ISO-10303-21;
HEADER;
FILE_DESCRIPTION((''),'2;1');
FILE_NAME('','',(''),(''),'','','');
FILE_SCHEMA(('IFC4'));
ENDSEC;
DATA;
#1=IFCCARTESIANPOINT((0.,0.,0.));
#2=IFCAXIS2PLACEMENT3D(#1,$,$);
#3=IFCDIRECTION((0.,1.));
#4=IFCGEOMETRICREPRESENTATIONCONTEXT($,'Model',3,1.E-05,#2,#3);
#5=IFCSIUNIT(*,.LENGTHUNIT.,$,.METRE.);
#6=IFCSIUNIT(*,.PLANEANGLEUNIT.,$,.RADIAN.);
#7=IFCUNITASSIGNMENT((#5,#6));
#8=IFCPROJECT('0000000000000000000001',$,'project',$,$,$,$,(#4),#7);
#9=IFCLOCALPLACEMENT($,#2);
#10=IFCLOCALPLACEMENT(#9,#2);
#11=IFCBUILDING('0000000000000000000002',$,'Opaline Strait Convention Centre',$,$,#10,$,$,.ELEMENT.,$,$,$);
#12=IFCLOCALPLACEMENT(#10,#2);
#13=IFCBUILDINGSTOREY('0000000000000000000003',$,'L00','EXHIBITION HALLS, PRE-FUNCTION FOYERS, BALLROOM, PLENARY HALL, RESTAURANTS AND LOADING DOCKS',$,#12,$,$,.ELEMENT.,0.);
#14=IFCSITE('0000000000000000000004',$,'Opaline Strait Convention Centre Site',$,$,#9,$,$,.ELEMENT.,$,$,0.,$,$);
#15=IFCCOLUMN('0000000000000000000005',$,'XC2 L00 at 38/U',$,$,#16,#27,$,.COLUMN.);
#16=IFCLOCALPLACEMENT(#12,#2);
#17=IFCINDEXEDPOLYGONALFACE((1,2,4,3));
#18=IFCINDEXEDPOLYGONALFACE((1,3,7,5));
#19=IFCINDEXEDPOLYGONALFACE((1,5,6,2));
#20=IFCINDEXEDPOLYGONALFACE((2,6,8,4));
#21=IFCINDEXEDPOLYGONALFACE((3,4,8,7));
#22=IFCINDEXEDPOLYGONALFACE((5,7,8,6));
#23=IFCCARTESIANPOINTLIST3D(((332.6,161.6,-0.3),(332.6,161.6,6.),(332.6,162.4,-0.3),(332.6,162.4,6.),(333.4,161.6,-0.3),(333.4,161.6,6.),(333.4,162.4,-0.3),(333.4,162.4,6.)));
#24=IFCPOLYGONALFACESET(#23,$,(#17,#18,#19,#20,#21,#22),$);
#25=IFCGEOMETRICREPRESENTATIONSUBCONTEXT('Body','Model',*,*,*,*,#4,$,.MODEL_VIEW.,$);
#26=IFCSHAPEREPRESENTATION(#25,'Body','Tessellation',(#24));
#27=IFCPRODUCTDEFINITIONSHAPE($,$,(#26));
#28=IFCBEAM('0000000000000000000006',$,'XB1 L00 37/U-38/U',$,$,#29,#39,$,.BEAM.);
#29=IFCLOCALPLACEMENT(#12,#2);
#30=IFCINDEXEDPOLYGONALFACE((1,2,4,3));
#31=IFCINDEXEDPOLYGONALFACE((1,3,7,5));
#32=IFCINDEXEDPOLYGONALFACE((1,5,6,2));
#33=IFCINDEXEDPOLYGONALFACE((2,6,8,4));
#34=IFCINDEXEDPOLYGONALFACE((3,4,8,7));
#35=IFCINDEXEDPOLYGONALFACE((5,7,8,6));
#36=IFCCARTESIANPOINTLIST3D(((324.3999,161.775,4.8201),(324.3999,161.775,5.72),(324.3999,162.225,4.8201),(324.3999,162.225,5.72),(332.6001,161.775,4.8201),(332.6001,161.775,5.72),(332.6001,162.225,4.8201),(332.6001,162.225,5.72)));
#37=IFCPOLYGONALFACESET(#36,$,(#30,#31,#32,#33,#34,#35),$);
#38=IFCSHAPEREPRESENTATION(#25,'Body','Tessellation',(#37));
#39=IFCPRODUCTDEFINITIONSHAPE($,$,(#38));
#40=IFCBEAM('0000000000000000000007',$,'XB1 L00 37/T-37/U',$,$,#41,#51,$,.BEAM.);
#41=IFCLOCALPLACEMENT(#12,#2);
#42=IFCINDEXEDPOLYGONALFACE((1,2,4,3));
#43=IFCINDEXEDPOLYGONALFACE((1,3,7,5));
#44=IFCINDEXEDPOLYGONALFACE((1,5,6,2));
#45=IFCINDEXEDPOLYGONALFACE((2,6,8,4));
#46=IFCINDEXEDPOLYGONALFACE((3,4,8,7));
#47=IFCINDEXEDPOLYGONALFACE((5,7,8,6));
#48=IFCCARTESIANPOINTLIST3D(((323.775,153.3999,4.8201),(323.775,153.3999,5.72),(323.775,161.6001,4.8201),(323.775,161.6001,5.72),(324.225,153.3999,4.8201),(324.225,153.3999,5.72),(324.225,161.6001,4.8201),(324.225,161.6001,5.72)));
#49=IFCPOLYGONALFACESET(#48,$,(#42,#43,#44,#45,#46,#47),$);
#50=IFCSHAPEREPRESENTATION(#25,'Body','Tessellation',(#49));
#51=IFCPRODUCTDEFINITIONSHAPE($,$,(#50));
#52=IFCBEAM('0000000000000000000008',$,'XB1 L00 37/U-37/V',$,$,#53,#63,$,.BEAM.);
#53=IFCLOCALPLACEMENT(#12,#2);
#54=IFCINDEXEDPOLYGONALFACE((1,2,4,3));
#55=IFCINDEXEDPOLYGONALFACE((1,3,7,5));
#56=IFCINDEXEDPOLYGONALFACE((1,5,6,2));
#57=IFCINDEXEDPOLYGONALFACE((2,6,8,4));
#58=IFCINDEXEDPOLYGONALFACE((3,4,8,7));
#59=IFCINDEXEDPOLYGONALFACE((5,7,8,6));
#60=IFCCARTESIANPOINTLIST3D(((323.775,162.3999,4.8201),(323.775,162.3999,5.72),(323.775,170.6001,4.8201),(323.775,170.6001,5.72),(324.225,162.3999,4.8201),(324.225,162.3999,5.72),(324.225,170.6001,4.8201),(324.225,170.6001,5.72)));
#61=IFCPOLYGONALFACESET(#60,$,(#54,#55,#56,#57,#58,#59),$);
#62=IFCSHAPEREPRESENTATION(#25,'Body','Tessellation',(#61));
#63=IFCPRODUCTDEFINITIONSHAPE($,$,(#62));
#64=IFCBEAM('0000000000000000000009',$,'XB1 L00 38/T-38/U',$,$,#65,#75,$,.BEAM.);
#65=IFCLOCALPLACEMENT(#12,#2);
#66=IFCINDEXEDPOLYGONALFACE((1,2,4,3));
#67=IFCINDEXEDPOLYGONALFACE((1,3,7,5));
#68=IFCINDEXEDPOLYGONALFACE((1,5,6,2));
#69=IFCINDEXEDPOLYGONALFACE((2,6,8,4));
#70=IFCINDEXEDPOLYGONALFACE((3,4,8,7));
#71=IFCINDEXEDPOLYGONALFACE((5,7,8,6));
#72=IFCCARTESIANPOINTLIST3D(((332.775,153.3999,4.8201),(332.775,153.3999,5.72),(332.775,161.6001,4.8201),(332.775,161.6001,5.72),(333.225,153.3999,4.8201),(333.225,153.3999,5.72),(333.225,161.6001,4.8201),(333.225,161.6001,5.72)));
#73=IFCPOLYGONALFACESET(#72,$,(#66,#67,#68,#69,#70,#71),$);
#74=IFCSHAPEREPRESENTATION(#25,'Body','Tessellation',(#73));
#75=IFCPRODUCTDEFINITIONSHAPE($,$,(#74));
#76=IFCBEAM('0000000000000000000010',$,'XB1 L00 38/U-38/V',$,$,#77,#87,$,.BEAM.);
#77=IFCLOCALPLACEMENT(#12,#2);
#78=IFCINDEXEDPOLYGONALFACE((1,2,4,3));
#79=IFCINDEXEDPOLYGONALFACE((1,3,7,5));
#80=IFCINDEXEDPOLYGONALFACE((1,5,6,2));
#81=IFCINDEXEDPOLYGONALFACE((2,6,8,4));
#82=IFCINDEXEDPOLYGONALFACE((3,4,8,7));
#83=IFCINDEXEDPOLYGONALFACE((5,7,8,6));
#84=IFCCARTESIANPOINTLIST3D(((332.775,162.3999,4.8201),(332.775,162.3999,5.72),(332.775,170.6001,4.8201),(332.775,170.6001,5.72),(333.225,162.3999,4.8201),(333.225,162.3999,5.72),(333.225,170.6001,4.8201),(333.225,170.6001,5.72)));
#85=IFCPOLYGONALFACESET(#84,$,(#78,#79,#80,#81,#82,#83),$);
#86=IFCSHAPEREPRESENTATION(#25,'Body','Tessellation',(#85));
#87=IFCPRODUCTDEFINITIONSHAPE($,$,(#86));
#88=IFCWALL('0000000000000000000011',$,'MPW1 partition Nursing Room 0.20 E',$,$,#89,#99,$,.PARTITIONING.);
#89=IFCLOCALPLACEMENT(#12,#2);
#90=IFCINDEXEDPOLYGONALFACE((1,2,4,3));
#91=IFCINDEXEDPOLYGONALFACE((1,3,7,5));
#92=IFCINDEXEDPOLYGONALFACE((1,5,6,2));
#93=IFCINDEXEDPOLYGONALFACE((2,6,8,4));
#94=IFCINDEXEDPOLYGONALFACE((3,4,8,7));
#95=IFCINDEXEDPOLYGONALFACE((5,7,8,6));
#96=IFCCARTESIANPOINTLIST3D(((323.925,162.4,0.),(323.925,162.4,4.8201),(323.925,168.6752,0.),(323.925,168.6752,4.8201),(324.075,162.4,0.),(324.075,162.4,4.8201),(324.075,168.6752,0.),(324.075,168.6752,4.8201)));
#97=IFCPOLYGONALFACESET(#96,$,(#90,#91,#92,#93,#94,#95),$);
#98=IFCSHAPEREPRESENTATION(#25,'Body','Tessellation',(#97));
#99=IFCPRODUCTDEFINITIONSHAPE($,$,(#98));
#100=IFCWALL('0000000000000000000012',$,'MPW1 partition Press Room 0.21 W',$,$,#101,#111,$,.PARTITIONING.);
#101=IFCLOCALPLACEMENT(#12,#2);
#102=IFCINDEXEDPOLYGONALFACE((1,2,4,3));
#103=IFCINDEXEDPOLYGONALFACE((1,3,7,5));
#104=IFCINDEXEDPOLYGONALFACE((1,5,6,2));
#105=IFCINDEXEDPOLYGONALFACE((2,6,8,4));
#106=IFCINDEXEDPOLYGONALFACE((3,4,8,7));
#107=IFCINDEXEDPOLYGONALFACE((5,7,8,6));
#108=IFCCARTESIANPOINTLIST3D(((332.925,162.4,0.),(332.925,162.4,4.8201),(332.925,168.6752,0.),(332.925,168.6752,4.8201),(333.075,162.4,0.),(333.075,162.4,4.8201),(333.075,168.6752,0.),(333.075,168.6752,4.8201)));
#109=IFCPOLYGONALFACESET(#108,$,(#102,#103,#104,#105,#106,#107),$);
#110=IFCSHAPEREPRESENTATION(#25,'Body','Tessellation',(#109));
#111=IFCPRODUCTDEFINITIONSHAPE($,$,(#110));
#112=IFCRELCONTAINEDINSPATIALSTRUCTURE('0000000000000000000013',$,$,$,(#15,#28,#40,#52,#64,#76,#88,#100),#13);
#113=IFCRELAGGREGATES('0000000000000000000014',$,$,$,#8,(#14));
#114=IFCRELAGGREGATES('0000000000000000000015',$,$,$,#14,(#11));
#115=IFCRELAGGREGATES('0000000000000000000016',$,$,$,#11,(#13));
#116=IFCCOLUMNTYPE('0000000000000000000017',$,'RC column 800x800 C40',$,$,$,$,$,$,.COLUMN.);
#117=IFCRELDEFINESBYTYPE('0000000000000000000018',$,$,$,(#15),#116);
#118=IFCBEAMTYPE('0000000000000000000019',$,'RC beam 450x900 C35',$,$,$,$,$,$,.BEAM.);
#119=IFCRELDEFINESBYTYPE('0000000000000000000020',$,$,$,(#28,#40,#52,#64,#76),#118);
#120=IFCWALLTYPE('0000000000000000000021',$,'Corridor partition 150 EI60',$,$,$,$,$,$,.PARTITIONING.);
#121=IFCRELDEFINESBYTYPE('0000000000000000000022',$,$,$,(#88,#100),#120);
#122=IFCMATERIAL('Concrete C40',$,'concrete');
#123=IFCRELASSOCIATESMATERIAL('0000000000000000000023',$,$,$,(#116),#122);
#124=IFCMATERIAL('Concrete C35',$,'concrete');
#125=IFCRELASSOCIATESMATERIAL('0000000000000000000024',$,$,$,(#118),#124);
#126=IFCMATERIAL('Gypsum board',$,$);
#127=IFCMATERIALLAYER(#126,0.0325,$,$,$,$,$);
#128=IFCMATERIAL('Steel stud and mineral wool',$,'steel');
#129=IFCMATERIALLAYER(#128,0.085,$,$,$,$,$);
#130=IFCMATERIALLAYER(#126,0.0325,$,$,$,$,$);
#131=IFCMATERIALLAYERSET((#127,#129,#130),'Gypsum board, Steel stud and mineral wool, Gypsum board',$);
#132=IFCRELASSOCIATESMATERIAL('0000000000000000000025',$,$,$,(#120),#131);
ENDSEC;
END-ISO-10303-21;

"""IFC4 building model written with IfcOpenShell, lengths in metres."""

from ifc_helpers import new_model, si_unit, direction, frame, frame_2d, origin, origin_2d, place, context, subcontext, project, spatial, rectangle, extrude, material, layer, layer_set, material_profile, profile_set, type_object, element, save


model = new_model("IFC4")

# Units and contexts
model_context = context("Model", 3, precision=1e-05, world=origin(), true_north=direction((0.0, 1.0)))
body_context = subcontext(model_context, "Body", "Model", "MODEL_VIEW")
ifc_project = project(units=[si_unit("LENGTHUNIT", "METRE"), si_unit("PLANEANGLEUNIT", "RADIAN")], contexts=[model_context])

# Site, building, storey
site_placement = place(None, origin())
site = spatial("IfcSite", under=ifc_project, at=site_placement, Name="Opaline Strait Convention Centre Site", CompositionType="ELEMENT", RefElevation=0.0)
building_placement = place(site_placement, origin())
building = spatial("IfcBuilding", under=site, at=building_placement, Name="Opaline Strait Convention Centre", CompositionType="ELEMENT")
storey_placement = place(building_placement, origin())
storey = spatial("IfcBuildingStorey", under=building, at=storey_placement, Name="L00", Description="EXHIBITION HALLS, PRE-FUNCTION FOYERS, BALLROOM, PLENARY HALL, RESTAURANTS AND LOADING DOCKS", CompositionType="ELEMENT", Elevation=0.0)

# Shared definitions
ifc_material_1 = material(Name="Concrete C35", Category="concrete")

# Column
ifc_material_2 = material(Name="Concrete C40", Category="concrete")
ifc_material_profile_1 = material_profile(ifc_material_2, rectangle(XDim=0.8, YDim=0.8, at=origin_2d()), Name="RC 800x800")
ifc_profile_set_1 = profile_set([ifc_material_profile_1], Name="Concrete C40")
column_type = type_object("IfcColumnType", Name="RC column 800x800 C40", PredefinedType="COLUMN", material=ifc_profile_set_1)
for number, where, z_axis, x_axis, name in (
    (1, (333.0, 162.0, -0.3), (0.0, 0.0, 1.0), (1.0, 0.0, 0.0), "XC2 L00 at 38/U"),
):
    element("IfcColumn", number, at=place(storey_placement, frame(where, z_axis=z_axis, x_axis=x_axis)), inside=storey, type_object=column_type, Name=name, PredefinedType="COLUMN", context=body_context, shape_type="SweptSolid", body=[
        extrude(rectangle(XDim=0.8, YDim=0.8, at=origin_2d()), origin(), (0.0, 0.0, 1.0), 6.3),
    ])

# Beams
ifc_material_profile_2 = material_profile(ifc_material_1, rectangle(XDim=0.45, YDim=0.8999, at=origin_2d()), Name="RC 450x900")
ifc_profile_set_2 = profile_set([ifc_material_profile_2], Name="Concrete C35")
beam_type = type_object("IfcBeamType", Name="RC beam 450x900 C35", PredefinedType="BEAM", material=ifc_profile_set_2)
for number, where, z_axis, x_axis, name in (
    (2, (324.3999, 162.0, 5.27), (1.0, 0.0, 0.0), (0.0, 1.0, 0.0), "XB1 L00 37/U-38/U"),
    (3, (324.0, 153.3999, 5.27), (0.0, 1.0, 0.0), (-1.0, 0.0, 0.0), "XB1 L00 37/T-37/U"),
    (4, (324.0, 162.3999, 5.27), (0.0, 1.0, 0.0), (-1.0, 0.0, 0.0), "XB1 L00 37/U-37/V"),
    (5, (333.0, 153.3999, 5.27), (0.0, 1.0, 0.0), (-1.0, 0.0, 0.0), "XB1 L00 38/T-38/U"),
    (6, (333.0, 162.3999, 5.27), (0.0, 1.0, 0.0), (-1.0, 0.0, 0.0), "XB1 L00 38/U-38/V"),
):
    element("IfcBeam", number, at=place(storey_placement, frame(where, z_axis=z_axis, x_axis=x_axis)), inside=storey, type_object=beam_type, Name=name, PredefinedType="BEAM", context=body_context, shape_type="SweptSolid", body=[
        extrude(rectangle(XDim=0.45, YDim=0.8999, at=origin_2d()), origin(), (0.0, 0.0, 1.0), 8.2002),
    ])

# Walls
ifc_material_3 = material(Name="Gypsum board")
ifc_layer_1 = layer(ifc_material_3, 0.0325)
ifc_material_4 = material(Name="Steel stud and mineral wool", Category="steel")
ifc_layer_2 = layer(ifc_material_4, 0.085)
ifc_layer_3 = layer(ifc_material_3, 0.0325)
ifc_layer_set = layer_set([ifc_layer_1, ifc_layer_2, ifc_layer_3], Name="Gypsum board, Steel stud and mineral wool, Gypsum board")
wall_type = type_object("IfcWallType", Name="Corridor partition 150 EI60", PredefinedType="PARTITIONING", material=ifc_layer_set)
for number, where, z_axis, x_axis, name in (
    (7, (324.0, 162.3999, 0.0), (0.0, 0.0, 1.0), (0.0, 1.0, 0.0), "MPW1 partition Nursing Room 0.20 E"),
    (8, (333.0, 162.3999, 0.0), (0.0, 0.0, 1.0), (0.0, 1.0, 0.0), "MPW1 partition Press Room 0.21 W"),
):
    element("IfcWall", number, at=place(storey_placement, frame(where, z_axis=z_axis, x_axis=x_axis)), inside=storey, type_object=wall_type, Name=name, PredefinedType="PARTITIONING", context=body_context, shape_type="SweptSolid", body=[
        extrude(rectangle(XDim=6.2751, YDim=0.1499, at=frame_2d((3.1377, 0.0))), origin(), (0.0, 0.0, 1.0), 4.8201),
    ])

save(model, "model.ifc")
